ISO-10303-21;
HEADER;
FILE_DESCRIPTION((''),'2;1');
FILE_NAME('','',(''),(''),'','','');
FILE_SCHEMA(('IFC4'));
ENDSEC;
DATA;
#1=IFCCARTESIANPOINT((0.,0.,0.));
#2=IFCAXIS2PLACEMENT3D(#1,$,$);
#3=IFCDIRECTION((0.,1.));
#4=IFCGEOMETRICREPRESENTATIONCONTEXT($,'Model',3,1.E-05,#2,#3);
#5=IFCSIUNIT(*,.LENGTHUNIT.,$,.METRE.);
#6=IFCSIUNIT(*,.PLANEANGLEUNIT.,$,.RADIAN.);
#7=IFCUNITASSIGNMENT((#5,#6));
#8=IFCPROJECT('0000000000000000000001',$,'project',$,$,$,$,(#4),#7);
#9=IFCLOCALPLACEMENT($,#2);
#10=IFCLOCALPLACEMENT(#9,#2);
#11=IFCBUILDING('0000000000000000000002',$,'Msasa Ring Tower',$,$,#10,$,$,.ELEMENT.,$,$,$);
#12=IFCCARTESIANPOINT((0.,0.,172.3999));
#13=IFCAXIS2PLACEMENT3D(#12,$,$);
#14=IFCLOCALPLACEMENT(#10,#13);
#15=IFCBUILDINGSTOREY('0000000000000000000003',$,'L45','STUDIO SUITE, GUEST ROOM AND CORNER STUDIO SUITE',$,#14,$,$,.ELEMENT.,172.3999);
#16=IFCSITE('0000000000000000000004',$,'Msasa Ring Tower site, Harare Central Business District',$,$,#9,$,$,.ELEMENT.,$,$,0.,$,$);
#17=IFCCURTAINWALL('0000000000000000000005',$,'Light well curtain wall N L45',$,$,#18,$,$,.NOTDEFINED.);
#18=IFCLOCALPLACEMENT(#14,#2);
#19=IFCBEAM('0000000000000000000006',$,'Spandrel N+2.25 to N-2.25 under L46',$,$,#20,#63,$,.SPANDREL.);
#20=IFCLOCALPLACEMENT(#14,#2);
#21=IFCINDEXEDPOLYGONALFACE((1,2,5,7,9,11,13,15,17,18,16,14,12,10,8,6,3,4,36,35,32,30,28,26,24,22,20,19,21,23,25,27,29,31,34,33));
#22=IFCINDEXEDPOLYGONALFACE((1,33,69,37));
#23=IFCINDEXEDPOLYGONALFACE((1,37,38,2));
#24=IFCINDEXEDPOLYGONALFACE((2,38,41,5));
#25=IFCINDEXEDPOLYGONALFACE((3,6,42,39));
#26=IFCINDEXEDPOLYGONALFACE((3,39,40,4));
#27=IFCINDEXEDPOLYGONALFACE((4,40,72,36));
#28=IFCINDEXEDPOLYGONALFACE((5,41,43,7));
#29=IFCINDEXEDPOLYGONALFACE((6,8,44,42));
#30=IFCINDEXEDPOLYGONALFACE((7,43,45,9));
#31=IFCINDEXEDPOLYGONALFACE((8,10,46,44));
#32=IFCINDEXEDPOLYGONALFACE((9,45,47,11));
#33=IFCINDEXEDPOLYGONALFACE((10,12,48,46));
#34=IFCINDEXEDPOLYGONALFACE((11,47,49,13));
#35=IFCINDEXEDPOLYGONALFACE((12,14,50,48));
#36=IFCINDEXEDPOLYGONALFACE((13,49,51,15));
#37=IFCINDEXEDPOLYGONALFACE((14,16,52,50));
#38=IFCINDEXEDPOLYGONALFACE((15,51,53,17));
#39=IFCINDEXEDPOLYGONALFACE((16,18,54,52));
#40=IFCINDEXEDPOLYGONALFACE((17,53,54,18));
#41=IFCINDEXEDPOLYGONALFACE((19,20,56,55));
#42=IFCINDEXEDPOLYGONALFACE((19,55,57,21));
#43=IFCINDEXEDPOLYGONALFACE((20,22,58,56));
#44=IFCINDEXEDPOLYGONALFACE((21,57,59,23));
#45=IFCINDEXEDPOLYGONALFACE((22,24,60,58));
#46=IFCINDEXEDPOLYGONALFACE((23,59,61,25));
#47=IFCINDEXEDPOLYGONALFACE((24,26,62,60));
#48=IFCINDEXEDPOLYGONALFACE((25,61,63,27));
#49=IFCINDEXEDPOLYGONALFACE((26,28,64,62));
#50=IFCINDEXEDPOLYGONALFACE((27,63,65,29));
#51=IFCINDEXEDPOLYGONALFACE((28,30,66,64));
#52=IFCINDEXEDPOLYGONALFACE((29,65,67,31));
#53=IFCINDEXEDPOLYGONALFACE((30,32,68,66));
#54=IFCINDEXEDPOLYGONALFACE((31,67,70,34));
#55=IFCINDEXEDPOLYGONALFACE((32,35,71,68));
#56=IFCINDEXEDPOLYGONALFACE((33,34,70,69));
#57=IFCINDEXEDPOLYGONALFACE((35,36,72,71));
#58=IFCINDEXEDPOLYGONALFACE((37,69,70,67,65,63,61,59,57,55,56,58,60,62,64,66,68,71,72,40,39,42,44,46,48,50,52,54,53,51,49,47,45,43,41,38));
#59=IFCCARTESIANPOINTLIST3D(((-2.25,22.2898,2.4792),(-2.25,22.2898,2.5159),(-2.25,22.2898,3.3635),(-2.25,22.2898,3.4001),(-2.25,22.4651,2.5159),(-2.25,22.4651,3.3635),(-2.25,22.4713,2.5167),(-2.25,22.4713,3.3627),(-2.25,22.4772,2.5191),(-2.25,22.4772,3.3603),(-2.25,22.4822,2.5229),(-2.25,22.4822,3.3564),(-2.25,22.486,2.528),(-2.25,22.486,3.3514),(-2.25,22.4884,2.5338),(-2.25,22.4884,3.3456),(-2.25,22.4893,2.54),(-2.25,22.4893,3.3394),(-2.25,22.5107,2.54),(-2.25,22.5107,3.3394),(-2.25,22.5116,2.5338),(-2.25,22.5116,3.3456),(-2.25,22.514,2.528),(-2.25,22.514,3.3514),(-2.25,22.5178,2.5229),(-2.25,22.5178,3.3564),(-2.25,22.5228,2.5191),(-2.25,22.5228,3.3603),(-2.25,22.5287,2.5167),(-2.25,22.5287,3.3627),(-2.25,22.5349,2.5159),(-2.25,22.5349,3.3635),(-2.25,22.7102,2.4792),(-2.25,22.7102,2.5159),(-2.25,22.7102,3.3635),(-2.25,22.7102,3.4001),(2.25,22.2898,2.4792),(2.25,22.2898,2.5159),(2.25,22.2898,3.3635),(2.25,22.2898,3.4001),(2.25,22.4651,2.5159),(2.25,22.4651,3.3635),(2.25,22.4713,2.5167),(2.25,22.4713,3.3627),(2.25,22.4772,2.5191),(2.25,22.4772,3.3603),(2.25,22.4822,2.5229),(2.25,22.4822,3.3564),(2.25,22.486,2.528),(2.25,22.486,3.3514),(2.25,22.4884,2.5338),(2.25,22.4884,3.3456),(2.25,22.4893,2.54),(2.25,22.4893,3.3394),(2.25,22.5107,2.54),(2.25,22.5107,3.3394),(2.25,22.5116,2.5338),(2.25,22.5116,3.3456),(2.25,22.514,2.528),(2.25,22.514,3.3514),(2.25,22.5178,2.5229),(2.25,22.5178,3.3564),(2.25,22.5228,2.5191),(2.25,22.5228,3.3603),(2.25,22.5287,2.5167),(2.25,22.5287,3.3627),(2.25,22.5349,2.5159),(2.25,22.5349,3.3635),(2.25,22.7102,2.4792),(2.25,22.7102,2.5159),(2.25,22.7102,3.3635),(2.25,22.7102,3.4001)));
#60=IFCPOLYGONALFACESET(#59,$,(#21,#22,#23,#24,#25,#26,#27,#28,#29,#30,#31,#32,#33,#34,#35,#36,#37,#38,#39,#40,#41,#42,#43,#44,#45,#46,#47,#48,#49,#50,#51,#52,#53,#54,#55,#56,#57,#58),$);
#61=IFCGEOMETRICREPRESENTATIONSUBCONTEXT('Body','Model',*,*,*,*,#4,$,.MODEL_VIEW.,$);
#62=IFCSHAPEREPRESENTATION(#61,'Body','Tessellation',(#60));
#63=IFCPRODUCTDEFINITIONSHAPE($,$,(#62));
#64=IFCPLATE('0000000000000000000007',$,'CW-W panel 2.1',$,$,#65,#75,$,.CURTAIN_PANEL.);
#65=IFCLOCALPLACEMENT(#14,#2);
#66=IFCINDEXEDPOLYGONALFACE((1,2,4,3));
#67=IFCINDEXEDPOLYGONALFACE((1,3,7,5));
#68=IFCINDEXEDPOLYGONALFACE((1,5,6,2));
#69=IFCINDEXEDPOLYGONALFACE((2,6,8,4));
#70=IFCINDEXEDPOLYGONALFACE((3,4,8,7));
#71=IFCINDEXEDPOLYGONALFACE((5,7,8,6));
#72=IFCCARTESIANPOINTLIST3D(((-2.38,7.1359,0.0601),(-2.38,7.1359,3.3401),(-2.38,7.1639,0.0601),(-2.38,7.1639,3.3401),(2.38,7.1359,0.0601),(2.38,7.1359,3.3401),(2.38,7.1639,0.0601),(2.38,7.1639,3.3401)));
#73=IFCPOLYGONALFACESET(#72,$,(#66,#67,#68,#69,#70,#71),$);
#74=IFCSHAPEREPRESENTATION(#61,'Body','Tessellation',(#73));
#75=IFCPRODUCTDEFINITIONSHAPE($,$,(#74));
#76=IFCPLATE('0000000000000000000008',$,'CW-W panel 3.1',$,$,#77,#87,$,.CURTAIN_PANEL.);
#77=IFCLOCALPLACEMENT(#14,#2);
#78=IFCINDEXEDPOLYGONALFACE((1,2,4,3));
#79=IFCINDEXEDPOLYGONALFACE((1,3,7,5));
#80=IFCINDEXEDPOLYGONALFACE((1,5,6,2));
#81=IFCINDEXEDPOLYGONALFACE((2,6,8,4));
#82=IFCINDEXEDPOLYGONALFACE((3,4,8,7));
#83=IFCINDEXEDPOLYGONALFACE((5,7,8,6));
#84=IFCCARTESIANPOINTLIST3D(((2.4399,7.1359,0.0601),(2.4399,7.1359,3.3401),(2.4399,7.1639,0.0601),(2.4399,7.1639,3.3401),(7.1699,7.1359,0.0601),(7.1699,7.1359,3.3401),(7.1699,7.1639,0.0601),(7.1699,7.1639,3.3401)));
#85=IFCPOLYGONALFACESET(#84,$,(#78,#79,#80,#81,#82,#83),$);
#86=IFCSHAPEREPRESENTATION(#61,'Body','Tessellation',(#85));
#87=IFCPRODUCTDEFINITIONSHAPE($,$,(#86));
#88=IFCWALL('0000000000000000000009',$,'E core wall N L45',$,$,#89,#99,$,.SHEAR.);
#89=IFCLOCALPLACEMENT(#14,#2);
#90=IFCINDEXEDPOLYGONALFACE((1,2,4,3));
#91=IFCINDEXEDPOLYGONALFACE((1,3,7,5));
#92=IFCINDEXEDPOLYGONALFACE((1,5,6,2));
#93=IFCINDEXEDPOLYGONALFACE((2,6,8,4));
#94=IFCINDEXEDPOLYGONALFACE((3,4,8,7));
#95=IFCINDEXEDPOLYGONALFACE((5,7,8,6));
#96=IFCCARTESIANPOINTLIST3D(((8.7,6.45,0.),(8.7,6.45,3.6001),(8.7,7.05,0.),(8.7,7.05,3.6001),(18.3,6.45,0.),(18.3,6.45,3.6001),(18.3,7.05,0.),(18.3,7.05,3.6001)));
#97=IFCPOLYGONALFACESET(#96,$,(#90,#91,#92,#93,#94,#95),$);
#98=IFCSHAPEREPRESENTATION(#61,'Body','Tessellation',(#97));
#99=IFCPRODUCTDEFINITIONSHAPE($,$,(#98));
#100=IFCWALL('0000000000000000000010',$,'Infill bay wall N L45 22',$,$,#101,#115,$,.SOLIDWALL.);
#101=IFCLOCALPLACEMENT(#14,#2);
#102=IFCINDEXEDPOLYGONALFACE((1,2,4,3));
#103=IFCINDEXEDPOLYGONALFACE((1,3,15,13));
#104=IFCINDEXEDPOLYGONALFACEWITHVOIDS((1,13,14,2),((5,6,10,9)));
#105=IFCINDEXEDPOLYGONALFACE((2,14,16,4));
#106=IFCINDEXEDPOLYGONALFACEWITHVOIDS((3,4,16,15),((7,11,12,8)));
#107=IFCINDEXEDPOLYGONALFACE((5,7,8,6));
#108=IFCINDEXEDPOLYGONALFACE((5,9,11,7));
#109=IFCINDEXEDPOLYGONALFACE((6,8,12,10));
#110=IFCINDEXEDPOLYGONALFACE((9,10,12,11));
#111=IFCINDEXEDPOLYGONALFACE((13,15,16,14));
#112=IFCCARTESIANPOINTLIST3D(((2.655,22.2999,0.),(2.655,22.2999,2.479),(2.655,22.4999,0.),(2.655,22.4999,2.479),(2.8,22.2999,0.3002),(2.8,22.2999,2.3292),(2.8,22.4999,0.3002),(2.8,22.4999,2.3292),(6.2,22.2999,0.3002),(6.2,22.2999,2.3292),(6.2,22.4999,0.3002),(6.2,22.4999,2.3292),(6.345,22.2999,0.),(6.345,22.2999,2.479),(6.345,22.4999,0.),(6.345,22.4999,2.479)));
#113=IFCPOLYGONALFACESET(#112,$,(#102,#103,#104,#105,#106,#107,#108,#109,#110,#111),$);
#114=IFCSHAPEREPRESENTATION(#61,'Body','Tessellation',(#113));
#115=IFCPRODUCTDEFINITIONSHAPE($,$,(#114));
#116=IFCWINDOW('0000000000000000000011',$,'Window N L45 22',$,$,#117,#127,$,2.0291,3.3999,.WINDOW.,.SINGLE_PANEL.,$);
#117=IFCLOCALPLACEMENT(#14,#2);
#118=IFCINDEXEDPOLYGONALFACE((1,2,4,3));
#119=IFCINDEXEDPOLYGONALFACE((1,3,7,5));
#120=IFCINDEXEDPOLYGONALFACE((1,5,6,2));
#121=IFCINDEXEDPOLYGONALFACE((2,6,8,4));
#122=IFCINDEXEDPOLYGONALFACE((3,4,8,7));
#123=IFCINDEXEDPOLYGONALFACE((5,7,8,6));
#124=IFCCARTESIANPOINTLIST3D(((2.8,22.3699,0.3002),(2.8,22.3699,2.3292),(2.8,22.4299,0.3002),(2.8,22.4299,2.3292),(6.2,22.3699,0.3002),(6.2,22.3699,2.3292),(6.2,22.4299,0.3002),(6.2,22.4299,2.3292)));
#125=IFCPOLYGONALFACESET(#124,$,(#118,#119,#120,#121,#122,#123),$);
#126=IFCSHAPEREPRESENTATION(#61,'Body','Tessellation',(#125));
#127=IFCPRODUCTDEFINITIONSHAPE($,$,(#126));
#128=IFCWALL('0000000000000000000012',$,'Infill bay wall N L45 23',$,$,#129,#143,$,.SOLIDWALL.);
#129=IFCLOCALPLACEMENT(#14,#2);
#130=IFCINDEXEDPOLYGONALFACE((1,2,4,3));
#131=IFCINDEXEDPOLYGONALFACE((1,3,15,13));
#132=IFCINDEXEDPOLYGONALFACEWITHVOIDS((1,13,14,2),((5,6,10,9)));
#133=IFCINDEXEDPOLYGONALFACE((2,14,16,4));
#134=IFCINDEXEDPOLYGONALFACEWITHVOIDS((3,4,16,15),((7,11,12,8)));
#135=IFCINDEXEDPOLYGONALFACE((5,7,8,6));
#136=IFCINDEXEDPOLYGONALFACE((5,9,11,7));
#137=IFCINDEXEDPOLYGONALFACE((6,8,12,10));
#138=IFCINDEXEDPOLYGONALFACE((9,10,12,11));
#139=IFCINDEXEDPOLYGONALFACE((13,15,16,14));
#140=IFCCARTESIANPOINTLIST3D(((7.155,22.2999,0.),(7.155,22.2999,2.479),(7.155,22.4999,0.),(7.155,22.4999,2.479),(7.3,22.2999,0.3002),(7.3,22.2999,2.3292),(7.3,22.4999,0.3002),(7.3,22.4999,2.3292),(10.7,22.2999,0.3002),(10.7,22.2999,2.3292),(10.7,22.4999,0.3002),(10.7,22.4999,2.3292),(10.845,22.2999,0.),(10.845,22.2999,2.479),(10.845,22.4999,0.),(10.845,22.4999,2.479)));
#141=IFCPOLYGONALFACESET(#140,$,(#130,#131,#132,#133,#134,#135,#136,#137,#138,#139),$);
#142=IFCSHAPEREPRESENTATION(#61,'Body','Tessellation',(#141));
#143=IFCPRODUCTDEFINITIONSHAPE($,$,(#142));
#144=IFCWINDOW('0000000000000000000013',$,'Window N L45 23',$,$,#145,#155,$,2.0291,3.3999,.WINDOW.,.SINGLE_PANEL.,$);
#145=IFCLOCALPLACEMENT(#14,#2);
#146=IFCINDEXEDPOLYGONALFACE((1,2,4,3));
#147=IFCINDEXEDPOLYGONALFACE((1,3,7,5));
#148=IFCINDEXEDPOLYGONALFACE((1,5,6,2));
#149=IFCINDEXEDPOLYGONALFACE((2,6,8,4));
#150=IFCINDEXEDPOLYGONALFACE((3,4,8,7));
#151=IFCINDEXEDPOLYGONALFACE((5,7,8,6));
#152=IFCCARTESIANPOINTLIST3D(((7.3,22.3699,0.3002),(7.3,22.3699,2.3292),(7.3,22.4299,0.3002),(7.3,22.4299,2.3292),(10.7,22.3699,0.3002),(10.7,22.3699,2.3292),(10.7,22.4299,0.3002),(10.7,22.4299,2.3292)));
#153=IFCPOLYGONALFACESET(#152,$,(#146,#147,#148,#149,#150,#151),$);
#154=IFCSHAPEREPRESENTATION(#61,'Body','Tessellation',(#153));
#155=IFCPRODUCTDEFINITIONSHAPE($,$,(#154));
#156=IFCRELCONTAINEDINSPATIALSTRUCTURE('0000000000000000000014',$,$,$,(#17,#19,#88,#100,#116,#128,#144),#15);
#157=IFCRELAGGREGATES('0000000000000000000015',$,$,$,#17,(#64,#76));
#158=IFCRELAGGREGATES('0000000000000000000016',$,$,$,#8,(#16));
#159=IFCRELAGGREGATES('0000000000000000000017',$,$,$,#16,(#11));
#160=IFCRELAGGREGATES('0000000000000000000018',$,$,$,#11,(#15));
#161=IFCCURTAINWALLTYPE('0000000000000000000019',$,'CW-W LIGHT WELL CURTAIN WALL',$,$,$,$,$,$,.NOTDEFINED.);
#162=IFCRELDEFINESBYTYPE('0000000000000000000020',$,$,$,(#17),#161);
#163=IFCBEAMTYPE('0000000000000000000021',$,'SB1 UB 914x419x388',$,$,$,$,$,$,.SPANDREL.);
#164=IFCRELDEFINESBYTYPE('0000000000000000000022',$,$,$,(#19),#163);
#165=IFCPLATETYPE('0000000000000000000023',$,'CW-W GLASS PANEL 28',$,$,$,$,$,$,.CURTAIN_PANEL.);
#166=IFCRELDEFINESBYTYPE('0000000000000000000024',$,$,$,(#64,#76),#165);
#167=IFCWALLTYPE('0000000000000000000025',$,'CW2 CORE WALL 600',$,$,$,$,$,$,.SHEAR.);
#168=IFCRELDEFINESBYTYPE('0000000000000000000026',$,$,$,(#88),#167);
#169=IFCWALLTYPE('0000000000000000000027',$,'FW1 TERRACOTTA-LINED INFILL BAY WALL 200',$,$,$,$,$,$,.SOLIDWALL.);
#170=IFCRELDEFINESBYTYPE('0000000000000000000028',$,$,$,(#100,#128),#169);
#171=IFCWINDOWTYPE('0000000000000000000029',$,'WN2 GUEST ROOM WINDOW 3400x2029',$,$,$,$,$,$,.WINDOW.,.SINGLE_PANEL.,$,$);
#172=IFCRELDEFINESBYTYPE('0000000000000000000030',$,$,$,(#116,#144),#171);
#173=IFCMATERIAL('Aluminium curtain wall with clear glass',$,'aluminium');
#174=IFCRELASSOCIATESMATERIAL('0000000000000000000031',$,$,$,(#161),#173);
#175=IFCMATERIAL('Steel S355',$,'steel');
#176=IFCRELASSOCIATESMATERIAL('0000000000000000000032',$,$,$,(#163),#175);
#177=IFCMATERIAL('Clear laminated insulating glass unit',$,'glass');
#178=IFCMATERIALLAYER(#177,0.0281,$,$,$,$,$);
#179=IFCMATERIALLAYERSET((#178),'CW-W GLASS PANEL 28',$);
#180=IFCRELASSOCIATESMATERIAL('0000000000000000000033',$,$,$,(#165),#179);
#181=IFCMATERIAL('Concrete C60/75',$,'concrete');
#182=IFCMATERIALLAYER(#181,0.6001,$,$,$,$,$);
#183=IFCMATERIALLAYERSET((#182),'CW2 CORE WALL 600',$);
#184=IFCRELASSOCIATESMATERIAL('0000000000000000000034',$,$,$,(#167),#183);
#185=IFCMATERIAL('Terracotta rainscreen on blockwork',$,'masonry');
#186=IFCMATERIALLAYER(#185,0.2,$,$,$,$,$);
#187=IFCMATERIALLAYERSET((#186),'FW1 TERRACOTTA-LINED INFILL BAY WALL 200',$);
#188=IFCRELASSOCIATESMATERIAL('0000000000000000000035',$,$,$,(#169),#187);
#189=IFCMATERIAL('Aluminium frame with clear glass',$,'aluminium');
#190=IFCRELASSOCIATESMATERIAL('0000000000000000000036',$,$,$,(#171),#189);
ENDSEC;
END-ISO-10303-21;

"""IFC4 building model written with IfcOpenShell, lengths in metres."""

from ifc_helpers import new_model, si_unit, direction, frame, frame_2d, origin, origin_2d, place, context, subcontext, project, spatial, rectangle, i_section, extrude, material, layer, layer_set, material_profile, profile_set, type_object, element, fill, aggregate, save


model = new_model("IFC4")

# Units and contexts
model_context = context("Model", 3, precision=1e-05, world=origin(), true_north=direction((0.0, 1.0)))
body_context = subcontext(model_context, "Body", "Model", "MODEL_VIEW")
ifc_project = project(units=[si_unit("LENGTHUNIT", "METRE"), si_unit("PLANEANGLEUNIT", "RADIAN")], contexts=[model_context])

# Site, building, storey
site_placement = place(None, origin())
site = spatial("IfcSite", under=ifc_project, at=site_placement, Name="Msasa Ring Tower site, Harare Central Business District", CompositionType="ELEMENT", RefElevation=0.0)
building_placement = place(site_placement, origin())
building = spatial("IfcBuilding", under=site, at=building_placement, Name="Msasa Ring Tower", CompositionType="ELEMENT")
storey_placement = place(building_placement, frame((0.0, 0.0, 172.3999)))
storey = spatial("IfcBuildingStorey", under=building, at=storey_placement, Name="L45", Description="STUDIO SUITE, GUEST ROOM AND CORNER STUDIO SUITE", CompositionType="ELEMENT", Elevation=172.3999)

# Curtain wall
ifc_material_1 = material(Name="Aluminium curtain wall with clear glass", Category="aluminium")
curtain_wall_type = type_object("IfcCurtainWallType", Name="CW-W LIGHT WELL CURTAIN WALL", PredefinedType="NOTDEFINED", material=ifc_material_1)
curtain_wall_1_placement = place(storey_placement, origin())
curtain_wall_1 = element("IfcCurtainWall", 1, at=curtain_wall_1_placement, inside=storey, type_object=curtain_wall_type, Name="Light well curtain wall N L45", PredefinedType="NOTDEFINED")

# Beam
ifc_material_2 = material(Name="Steel S355", Category="steel")
ifc_material_profile_1 = material_profile(ifc_material_2, i_section(OverallWidth=0.4204, OverallDepth=0.9209, WebThickness=0.0215, FlangeThickness=0.0366, FilletRadius=0.0242, at=origin_2d()), Name="UB 914x419x388")
ifc_profile_set_1 = profile_set([ifc_material_profile_1], Name="Steel S355")
beam_type_1 = type_object("IfcBeamType", Name="SB1 UB 914x419x388", PredefinedType="SPANDREL", material=ifc_profile_set_1)
for number, where, z_axis, x_axis, name in (
    (2, (2.25, 22.5, 2.9397), (-1.0, 0.0, 0.0), (0.0, -1.0, 0.0), "Spandrel N+2.25 to N-2.25 under L46"),
):
    element("IfcBeam", number, at=place(storey_placement, frame(where, z_axis=z_axis, x_axis=x_axis)), inside=storey, type_object=beam_type_1, Name=name, PredefinedType="SPANDREL", context=body_context, shape_type="SweptSolid", body=[
        extrude(i_section(OverallWidth=0.4204, OverallDepth=0.9209, WebThickness=0.0215, FlangeThickness=0.0366, FilletRadius=0.0242, at=origin_2d()), origin(), (0.0, 0.0, 1.0), 4.5),
    ])

# Plates
ifc_material_3 = material(Name="Clear laminated insulating glass unit", Category="glass")
ifc_layer_1 = layer(ifc_material_3, 0.0281)
ifc_layer_set_1 = layer_set([ifc_layer_1], Name="CW-W GLASS PANEL 28")
plate_type = type_object("IfcPlateType", Name="CW-W GLASS PANEL 28", PredefinedType="CURTAIN_PANEL", material=ifc_layer_set_1)
plate_1_placement = place(storey_placement, frame((0.0, 7.1499, 0.0601), z_axis=(0.0, 0.0, 1.0), x_axis=(1.0, 0.0, 0.0)))
plate_1 = element("IfcPlate", 3, at=plate_1_placement, type_object=plate_type, Name="CW-W panel 2.1", PredefinedType="CURTAIN_PANEL", context=body_context, shape_type="SweptSolid", body=[
    extrude(rectangle(XDim=4.76, YDim=0.0281, at=origin_2d()), origin(), (0.0, 0.0, 1.0), 3.28),
])
plate_2_placement = place(storey_placement, frame((4.8049, 7.1499, 0.0601), z_axis=(0.0, 0.0, 1.0), x_axis=(1.0, 0.0, 0.0)))
plate_2 = element("IfcPlate", 4, at=plate_2_placement, type_object=plate_type, Name="CW-W panel 3.1", PredefinedType="CURTAIN_PANEL", context=body_context, shape_type="SweptSolid", body=[
    extrude(rectangle(XDim=4.73, YDim=0.0281, at=origin_2d()), origin(), (0.0, 0.0, 1.0), 3.28),
])
aggregate(curtain_wall_1, [plate_1, plate_2])

# Wall
ifc_material_4 = material(Name="Concrete C60/75", Category="concrete")
ifc_layer_2 = layer(ifc_material_4, 0.6001)
ifc_layer_set_2 = layer_set([ifc_layer_2], Name="CW2 CORE WALL 600")
wall_type_1 = type_object("IfcWallType", Name="CW2 CORE WALL 600", PredefinedType="SHEAR", material=ifc_layer_set_2)
wall_1_placement = place(storey_placement, frame((8.7, 6.75, 0.0), z_axis=(0.0, 0.0, 1.0), x_axis=(1.0, 0.0, 0.0)))
element("IfcWall", 5, at=wall_1_placement, inside=storey, type_object=wall_type_1, Name="E core wall N L45", PredefinedType="SHEAR", context=body_context, shape_type="SweptSolid", body=[
    extrude(rectangle(XDim=9.6001, YDim=0.6001, at=frame_2d((4.8, 0.0))), origin(), (0.0, 0.0, 1.0), 3.6001),
])

# Walls, openings, windows
ifc_material_5 = material(Name="Terracotta rainscreen on blockwork", Category="masonry")
ifc_layer_3 = layer(ifc_material_5, 0.2)
ifc_layer_set_3 = layer_set([ifc_layer_3], Name="FW1 TERRACOTTA-LINED INFILL BAY WALL 200")
wall_type_2 = type_object("IfcWallType", Name="FW1 TERRACOTTA-LINED INFILL BAY WALL 200", PredefinedType="SOLIDWALL", material=ifc_layer_set_3)
wall_2_placement = place(storey_placement, frame((2.655, 22.3999, 0.0), z_axis=(0.0, 0.0, 1.0), x_axis=(1.0, 0.0, 0.0)))
wall_2 = element("IfcWall", 6, at=wall_2_placement, inside=storey, type_object=wall_type_2, Name="Infill bay wall N L45 22", PredefinedType="SOLIDWALL", context=body_context, shape_type="SweptSolid", body=[
    extrude(rectangle(XDim=3.6899, YDim=0.2, at=frame_2d((1.845, 0.0))), origin(), (0.0, 0.0, 1.0), 2.479),
])
opening_1_placement = place(wall_2_placement, frame((0.145, 0.0, 0.3)))
opening_1 = element("IfcOpeningElement", 7, at=opening_1_placement, cuts=wall_2, PredefinedType="OPENING", context=body_context, shape_type="SweptSolid", body=[
    extrude(rectangle(XDim=3.3999, YDim=2.0291, at=frame_2d((1.7, 1.0146))), frame((0.0, 0.1099, 0.0), z_axis=(0.0, -1.0, 0.0), x_axis=(1.0, 0.0, 0.0)), (0.0, 0.0, 1.0), 0.22),
])
ifc_material_6 = material(Name="Aluminium frame with clear glass", Category="aluminium")
window_type = type_object("IfcWindowType", Name="WN2 GUEST ROOM WINDOW 3400x2029", PartitioningType="SINGLE_PANEL", PredefinedType="WINDOW", material=ifc_material_6)
window_1_placement = place(opening_1_placement, origin())
window_1 = element("IfcWindow", 8, at=window_1_placement, inside=storey, type_object=window_type, Name="Window N L45 22", OverallHeight=2.0291, OverallWidth=3.3999, PartitioningType="SINGLE_PANEL", PredefinedType="WINDOW", context=body_context, shape_type="SweptSolid", body=[
    extrude(rectangle(XDim=3.3999, YDim=2.0291, at=frame_2d((1.7, 1.0146))), frame((0.0, 0.03, 0.0), z_axis=(0.0, -1.0, 0.0), x_axis=(1.0, 0.0, 0.0)), (0.0, 0.0, 1.0), 0.0601),
])
fill(opening_1, window_1)
wall_3_placement = place(storey_placement, frame((7.155, 22.3999, 0.0), z_axis=(0.0, 0.0, 1.0), x_axis=(1.0, 0.0, 0.0)))
wall_3 = element("IfcWall", 9, at=wall_3_placement, inside=storey, type_object=wall_type_2, Name="Infill bay wall N L45 23", PredefinedType="SOLIDWALL", context=body_context, shape_type="SweptSolid", body=[
    extrude(rectangle(XDim=3.6899, YDim=0.2, at=frame_2d((1.845, 0.0))), origin(), (0.0, 0.0, 1.0), 2.479),
])
opening_2_placement = place(wall_3_placement, frame((0.145, 0.0, 0.3)))
opening_2 = element("IfcOpeningElement", 10, at=opening_2_placement, cuts=wall_3, PredefinedType="OPENING", context=body_context, shape_type="SweptSolid", body=[
    extrude(rectangle(XDim=3.3999, YDim=2.0291, at=frame_2d((1.7, 1.0146))), frame((0.0, 0.1099, 0.0), z_axis=(0.0, -1.0, 0.0), x_axis=(1.0, 0.0, 0.0)), (0.0, 0.0, 1.0), 0.22),
])
window_2_placement = place(opening_2_placement, origin())
window_2 = element("IfcWindow", 11, at=window_2_placement, inside=storey, type_object=window_type, Name="Window N L45 23", OverallHeight=2.0291, OverallWidth=3.3999, PartitioningType="SINGLE_PANEL", PredefinedType="WINDOW", context=body_context, shape_type="SweptSolid", body=[
    extrude(rectangle(XDim=3.3999, YDim=2.0291, at=frame_2d((1.7, 1.0146))), frame((0.0, 0.03, 0.0), z_axis=(0.0, -1.0, 0.0), x_axis=(1.0, 0.0, 0.0)), (0.0, 0.0, 1.0), 0.0601),
])
fill(opening_2, window_2)

save(model, "model.ifc")
